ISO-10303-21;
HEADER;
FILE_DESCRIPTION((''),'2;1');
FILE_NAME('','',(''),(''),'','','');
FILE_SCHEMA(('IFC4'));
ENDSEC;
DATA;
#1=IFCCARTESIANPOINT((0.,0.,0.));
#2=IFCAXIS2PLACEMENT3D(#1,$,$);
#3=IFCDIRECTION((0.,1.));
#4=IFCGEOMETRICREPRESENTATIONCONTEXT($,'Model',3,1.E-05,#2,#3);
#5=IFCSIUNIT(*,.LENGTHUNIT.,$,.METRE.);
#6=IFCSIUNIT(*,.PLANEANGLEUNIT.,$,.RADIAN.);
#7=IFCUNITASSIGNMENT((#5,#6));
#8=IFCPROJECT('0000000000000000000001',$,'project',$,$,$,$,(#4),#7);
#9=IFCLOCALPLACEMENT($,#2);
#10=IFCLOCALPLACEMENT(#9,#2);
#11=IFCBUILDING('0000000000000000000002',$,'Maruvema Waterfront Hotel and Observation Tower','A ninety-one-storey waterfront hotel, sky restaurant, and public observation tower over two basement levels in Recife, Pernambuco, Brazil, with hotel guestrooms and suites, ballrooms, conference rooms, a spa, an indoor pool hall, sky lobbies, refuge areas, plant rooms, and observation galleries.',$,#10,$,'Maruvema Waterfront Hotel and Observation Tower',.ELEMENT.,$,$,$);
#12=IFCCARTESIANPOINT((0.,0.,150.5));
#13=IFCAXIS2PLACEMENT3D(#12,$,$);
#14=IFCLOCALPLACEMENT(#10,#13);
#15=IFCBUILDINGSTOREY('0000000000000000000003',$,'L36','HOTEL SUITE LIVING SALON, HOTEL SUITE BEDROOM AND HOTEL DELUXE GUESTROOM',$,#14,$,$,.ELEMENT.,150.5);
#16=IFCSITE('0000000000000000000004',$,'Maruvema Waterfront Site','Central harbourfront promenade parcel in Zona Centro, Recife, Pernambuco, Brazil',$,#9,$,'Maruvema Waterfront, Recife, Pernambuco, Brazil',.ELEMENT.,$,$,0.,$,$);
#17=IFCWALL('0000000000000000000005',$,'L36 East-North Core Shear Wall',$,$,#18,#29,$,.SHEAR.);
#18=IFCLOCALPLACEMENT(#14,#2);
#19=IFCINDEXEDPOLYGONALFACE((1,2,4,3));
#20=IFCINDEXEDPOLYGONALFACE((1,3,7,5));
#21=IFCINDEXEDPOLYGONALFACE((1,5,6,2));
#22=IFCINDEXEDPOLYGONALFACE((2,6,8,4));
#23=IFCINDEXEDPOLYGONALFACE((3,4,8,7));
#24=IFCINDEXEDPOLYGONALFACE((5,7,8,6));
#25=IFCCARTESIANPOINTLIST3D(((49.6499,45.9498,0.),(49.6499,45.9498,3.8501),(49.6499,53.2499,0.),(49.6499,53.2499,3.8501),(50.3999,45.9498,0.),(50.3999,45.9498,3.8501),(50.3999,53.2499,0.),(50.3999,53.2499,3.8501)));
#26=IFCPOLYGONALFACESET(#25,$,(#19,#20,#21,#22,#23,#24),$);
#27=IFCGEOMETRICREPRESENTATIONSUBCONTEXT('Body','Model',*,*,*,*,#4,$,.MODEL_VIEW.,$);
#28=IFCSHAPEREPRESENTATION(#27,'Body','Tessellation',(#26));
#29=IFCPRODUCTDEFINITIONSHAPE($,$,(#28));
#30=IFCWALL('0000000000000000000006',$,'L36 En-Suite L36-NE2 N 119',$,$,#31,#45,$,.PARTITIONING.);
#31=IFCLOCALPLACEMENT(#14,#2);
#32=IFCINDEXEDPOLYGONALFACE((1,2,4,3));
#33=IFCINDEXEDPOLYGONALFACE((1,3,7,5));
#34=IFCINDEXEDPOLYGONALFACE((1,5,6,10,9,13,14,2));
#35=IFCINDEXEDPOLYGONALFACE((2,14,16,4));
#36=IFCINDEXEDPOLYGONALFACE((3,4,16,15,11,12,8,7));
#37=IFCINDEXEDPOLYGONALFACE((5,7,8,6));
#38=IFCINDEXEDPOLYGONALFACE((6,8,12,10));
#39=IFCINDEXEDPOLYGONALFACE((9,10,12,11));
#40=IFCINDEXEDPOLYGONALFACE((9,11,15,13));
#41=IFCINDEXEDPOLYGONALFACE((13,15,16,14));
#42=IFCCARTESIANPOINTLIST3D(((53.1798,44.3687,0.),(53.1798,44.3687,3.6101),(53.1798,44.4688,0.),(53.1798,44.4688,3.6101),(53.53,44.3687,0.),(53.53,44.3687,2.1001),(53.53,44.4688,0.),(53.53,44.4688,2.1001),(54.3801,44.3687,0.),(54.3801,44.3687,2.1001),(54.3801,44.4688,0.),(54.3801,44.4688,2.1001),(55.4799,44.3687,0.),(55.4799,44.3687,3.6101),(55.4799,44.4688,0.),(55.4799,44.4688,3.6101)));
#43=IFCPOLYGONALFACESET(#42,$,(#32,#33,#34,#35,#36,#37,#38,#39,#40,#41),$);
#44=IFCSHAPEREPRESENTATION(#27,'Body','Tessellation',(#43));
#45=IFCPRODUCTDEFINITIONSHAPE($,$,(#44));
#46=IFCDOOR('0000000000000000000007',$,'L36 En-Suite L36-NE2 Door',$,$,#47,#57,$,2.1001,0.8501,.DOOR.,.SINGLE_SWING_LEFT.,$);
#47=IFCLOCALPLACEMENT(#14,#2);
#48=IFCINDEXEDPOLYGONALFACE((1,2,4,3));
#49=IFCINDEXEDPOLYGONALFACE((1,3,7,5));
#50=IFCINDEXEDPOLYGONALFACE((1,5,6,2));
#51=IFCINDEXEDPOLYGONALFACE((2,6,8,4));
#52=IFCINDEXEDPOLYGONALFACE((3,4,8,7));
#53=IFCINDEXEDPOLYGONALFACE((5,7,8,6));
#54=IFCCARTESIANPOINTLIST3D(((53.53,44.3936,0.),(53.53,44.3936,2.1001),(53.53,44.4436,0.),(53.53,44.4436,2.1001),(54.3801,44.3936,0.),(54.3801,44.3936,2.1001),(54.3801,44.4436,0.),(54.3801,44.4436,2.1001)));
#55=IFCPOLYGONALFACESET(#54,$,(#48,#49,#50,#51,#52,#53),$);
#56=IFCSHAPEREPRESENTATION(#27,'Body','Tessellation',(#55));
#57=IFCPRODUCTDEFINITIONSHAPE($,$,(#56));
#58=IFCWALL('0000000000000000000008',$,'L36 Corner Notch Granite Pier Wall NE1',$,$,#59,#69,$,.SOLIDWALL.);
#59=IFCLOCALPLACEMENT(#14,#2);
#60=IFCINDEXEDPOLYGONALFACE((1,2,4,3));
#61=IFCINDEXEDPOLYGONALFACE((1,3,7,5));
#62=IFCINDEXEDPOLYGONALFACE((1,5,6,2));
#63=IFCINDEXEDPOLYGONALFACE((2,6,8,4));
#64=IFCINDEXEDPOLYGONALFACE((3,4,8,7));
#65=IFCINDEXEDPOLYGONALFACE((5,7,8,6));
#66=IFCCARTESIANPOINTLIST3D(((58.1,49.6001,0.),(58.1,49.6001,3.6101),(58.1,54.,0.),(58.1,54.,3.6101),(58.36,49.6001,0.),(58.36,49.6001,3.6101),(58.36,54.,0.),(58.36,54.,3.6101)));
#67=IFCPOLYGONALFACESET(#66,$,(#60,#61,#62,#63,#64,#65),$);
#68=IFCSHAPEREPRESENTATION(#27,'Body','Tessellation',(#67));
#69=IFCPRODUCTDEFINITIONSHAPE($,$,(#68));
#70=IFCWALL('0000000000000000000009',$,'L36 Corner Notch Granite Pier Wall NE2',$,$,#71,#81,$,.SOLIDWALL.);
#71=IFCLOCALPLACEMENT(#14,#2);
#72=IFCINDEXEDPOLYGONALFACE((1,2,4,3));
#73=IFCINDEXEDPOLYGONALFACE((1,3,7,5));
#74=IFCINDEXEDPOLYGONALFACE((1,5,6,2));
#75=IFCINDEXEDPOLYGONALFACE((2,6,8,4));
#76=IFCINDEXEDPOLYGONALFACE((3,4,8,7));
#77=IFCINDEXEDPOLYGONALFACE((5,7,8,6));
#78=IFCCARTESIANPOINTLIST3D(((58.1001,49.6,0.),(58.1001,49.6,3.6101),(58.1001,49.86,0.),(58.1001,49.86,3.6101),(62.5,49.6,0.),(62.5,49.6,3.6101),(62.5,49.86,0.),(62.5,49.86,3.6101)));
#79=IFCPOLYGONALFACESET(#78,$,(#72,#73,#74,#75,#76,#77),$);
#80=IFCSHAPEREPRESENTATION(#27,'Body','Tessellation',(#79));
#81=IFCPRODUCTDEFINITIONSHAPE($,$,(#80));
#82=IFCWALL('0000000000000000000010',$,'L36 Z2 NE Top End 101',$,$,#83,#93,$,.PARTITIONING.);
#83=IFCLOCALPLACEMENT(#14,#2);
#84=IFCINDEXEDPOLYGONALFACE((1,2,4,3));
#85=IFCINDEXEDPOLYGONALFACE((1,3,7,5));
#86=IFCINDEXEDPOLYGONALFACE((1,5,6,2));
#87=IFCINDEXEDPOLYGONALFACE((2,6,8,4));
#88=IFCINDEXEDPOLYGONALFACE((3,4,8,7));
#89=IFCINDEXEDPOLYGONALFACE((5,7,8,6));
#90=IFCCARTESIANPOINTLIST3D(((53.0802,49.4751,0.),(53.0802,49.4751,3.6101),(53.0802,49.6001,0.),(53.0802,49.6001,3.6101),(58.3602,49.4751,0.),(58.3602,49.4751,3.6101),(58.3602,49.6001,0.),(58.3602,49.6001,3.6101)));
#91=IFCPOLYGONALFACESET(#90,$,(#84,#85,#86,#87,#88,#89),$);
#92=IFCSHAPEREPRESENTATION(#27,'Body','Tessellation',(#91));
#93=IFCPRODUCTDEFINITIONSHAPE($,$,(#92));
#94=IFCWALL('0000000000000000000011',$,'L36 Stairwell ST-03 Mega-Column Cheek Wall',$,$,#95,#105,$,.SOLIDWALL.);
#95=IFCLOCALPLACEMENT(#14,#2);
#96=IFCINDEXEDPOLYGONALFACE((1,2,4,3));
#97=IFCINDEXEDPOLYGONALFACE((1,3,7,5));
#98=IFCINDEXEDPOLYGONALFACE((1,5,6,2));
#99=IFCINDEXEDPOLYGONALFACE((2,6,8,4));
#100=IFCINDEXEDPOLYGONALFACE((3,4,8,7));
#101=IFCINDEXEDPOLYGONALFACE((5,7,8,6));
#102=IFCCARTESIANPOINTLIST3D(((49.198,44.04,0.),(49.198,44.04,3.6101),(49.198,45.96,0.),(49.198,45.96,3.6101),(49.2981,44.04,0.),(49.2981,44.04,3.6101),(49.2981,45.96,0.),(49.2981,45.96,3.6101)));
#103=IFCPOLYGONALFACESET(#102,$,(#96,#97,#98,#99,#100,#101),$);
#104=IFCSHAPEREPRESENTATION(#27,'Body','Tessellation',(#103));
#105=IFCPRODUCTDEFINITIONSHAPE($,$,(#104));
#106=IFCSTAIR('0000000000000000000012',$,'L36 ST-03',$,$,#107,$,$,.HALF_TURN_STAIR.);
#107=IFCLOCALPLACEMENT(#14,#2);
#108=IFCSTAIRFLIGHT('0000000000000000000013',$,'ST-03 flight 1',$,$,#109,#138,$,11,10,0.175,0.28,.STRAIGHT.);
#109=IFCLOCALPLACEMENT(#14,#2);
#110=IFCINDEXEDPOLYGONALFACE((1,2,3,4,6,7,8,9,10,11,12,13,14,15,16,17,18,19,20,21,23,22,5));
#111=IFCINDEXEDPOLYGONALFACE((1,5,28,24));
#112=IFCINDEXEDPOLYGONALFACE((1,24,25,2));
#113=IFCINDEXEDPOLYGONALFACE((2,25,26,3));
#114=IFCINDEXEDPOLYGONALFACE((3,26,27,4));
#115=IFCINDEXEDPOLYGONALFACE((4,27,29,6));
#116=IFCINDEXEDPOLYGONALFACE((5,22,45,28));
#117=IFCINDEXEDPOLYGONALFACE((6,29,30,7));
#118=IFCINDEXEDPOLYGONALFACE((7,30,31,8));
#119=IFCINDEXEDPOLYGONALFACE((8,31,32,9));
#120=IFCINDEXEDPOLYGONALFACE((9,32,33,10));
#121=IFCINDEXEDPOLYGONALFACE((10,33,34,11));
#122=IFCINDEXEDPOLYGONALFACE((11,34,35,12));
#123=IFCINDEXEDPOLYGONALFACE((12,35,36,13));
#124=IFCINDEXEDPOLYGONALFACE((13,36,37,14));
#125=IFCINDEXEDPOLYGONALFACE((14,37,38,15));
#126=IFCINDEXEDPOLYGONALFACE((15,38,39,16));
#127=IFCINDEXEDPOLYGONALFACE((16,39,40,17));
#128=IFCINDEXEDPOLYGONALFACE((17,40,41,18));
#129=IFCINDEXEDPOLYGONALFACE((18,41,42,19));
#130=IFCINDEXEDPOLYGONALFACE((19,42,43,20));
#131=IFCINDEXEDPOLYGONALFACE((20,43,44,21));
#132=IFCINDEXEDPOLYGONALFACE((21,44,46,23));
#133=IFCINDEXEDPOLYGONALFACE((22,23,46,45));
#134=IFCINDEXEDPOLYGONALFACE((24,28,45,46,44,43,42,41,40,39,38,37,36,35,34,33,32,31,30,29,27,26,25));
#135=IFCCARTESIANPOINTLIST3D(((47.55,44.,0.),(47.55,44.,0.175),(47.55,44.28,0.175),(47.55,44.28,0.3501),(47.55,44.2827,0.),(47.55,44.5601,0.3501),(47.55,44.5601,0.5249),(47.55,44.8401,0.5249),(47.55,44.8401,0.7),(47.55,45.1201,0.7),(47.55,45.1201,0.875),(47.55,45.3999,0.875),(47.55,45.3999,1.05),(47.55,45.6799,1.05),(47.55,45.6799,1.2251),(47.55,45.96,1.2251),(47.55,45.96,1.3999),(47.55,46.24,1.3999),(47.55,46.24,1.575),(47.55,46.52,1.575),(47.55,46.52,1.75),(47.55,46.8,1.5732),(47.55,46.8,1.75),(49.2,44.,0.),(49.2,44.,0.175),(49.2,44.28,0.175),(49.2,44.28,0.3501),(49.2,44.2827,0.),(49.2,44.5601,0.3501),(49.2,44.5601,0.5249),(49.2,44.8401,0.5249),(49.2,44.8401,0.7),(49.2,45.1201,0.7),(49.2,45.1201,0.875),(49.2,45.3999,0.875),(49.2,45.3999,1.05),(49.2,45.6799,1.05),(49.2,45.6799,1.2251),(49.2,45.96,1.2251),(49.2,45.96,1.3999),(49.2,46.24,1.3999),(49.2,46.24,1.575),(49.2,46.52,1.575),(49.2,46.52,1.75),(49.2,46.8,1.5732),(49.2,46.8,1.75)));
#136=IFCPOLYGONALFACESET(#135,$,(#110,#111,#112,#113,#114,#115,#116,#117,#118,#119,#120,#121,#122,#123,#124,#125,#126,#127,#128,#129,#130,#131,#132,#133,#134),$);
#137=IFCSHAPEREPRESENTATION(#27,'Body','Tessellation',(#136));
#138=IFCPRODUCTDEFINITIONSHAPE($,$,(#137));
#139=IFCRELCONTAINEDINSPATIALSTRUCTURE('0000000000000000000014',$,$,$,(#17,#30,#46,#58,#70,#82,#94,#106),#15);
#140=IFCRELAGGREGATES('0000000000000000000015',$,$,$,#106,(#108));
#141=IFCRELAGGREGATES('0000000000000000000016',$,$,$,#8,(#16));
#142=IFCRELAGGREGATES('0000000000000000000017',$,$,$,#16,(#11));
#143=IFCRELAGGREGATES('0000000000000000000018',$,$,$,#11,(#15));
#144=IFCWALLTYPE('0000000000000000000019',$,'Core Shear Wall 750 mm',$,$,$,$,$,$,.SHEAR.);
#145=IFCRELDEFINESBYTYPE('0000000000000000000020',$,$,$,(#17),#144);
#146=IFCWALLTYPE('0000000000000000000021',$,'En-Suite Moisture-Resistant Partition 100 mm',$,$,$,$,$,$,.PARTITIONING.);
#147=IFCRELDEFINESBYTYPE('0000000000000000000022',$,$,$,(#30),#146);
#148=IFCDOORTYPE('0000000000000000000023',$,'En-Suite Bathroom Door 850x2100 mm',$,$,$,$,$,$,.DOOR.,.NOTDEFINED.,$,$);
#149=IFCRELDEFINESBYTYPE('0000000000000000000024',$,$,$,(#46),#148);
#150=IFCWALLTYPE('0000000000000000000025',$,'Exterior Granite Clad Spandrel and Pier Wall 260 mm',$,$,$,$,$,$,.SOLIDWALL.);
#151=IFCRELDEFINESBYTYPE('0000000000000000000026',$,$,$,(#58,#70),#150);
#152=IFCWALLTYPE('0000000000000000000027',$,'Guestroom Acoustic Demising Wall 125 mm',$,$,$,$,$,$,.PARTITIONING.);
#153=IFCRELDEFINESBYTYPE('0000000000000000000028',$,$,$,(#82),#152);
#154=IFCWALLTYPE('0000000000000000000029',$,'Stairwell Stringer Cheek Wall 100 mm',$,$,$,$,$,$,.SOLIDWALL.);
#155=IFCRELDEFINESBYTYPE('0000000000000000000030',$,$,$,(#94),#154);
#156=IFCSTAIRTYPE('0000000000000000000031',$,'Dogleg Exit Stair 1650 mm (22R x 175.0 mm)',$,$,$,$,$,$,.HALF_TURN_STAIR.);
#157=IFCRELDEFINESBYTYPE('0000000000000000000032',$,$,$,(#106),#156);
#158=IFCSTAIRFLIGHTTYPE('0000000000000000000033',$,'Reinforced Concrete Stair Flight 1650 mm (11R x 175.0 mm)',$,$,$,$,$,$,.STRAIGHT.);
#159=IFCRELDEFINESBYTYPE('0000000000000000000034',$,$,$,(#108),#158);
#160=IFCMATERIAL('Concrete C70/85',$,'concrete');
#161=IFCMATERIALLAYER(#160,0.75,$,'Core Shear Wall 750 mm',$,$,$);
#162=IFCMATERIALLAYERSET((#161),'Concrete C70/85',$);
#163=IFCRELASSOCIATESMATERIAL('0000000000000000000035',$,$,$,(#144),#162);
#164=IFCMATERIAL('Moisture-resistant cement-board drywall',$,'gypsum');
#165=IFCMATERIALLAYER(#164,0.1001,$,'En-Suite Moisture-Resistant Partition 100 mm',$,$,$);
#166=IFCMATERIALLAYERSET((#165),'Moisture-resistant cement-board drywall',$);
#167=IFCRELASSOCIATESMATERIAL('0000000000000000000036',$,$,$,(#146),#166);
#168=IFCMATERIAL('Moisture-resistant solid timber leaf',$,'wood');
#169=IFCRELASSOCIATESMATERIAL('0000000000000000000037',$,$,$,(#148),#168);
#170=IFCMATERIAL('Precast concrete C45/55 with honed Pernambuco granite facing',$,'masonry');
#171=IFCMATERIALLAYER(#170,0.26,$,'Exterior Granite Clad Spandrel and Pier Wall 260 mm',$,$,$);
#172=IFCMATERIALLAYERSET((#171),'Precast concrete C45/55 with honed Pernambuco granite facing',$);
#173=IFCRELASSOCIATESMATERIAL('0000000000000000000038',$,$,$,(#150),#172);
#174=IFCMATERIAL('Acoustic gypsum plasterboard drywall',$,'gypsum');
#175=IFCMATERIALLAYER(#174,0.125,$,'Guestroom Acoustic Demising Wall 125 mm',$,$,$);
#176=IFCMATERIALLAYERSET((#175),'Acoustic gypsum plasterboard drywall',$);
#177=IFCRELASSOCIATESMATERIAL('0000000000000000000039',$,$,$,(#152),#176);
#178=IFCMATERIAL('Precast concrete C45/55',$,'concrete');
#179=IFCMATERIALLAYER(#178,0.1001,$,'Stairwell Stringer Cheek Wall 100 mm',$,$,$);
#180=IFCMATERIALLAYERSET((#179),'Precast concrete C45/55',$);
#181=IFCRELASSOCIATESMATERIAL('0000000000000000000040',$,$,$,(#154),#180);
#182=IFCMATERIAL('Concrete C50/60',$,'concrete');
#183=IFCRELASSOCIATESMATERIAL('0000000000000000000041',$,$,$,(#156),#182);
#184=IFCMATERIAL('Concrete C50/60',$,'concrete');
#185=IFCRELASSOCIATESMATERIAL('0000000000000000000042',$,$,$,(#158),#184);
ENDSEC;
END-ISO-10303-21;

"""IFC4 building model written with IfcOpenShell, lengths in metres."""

from ifc_helpers import new_model, si_unit, direction, frame, frame_2d, origin, place, context, subcontext, project, spatial, polyline, rectangle, outline, extrude, material, layer, layer_set, type_object, element, fill, aggregate, save


model = new_model("IFC4")

# Units and contexts
model_context = context("Model", 3, precision=1e-05, world=origin(), true_north=direction((0.0, 1.0)))
body_context = subcontext(model_context, "Body", "Model", "MODEL_VIEW")
ifc_project = project(units=[si_unit("LENGTHUNIT", "METRE"), si_unit("PLANEANGLEUNIT", "RADIAN")], contexts=[model_context])

# Site, building, storey
site_placement = place(None, origin())
site = spatial("IfcSite", under=ifc_project, at=site_placement, Name="Maruvema Waterfront Site", Description="Central harbourfront promenade parcel in Zona Centro, Recife, Pernambuco, Brazil", LongName="Maruvema Waterfront, Recife, Pernambuco, Brazil", CompositionType="ELEMENT", RefElevation=0.0)
building_placement = place(site_placement, origin())
building = spatial("IfcBuilding", under=site, at=building_placement, Name="Maruvema Waterfront Hotel and Observation Tower", Description="A ninety-one-storey waterfront hotel, sky restaurant, and public observation tower over two basement levels in Recife, Pernambuco, Brazil, with hotel guestrooms and suites, ballrooms, conference rooms, a spa, an indoor pool hall, sky lobbies, refuge areas, plant rooms, and observation galleries.", LongName="Maruvema Waterfront Hotel and Observation Tower", CompositionType="ELEMENT")
storey_placement = place(building_placement, frame((0.0, 0.0, 150.5)))
storey = spatial("IfcBuildingStorey", under=building, at=storey_placement, Name="L36", Description="HOTEL SUITE LIVING SALON, HOTEL SUITE BEDROOM AND HOTEL DELUXE GUESTROOM", CompositionType="ELEMENT", Elevation=150.5)

# Wall
ifc_material_1 = material(Name="Concrete C70/85", Category="concrete")
ifc_layer_1 = layer(ifc_material_1, 0.75, Name="Core Shear Wall 750 mm")
ifc_layer_set_1 = layer_set([ifc_layer_1], Name="Concrete C70/85")
wall_type_1 = type_object("IfcWallType", Name="Core Shear Wall 750 mm", PredefinedType="SHEAR", material=ifc_layer_set_1)
wall_1_placement = place(storey_placement, frame((50.0249, 45.95, 0.0), z_axis=(0.0, 0.0, 1.0), x_axis=(0.0, 1.0, 0.0)))
element("IfcWall", 1, at=wall_1_placement, inside=storey, type_object=wall_type_1, Name="L36 East-North Core Shear Wall", PredefinedType="SHEAR", context=body_context, shape_type="SweptSolid", body=[
    extrude(rectangle(XDim=7.3, YDim=0.75, at=frame_2d((3.6499, 0.0))), origin(), (0.0, 0.0, 1.0), 3.8501),
])

# Wall, opening, door
ifc_material_2 = material(Name="Moisture-resistant cement-board drywall", Category="gypsum")
ifc_layer_2 = layer(ifc_material_2, 0.1001, Name="En-Suite Moisture-Resistant Partition 100 mm")
ifc_layer_set_2 = layer_set([ifc_layer_2], Name="Moisture-resistant cement-board drywall")
wall_type_2 = type_object("IfcWallType", Name="En-Suite Moisture-Resistant Partition 100 mm", PredefinedType="PARTITIONING", material=ifc_layer_set_2)
wall_2_placement = place(storey_placement, frame((53.1799, 44.4187, 0.0), z_axis=(0.0, 0.0, 1.0), x_axis=(1.0, 0.0, 0.0)))
wall_2 = element("IfcWall", 2, at=wall_2_placement, inside=storey, type_object=wall_type_2, Name="L36 En-Suite L36-NE2 N 119", PredefinedType="PARTITIONING", context=body_context, shape_type="SweptSolid", body=[
    extrude(rectangle(XDim=2.3, YDim=0.1001, at=frame_2d((1.1499, 0.0))), origin(), (0.0, 0.0, 1.0), 3.6101),
])
opening_1_placement = place(wall_2_placement, frame((0.3501, 0.0, 0.0)))
opening_1 = element("IfcOpeningElement", 3, at=opening_1_placement, cuts=wall_2, PredefinedType="OPENING", context=body_context, shape_type="SweptSolid", body=[
    extrude(rectangle(XDim=0.8501, YDim=2.1001, at=frame_2d((0.425, 1.05))), frame((0.0, 0.0601, 0.0), z_axis=(0.0, -1.0, 0.0), x_axis=(1.0, 0.0, 0.0)), (0.0, 0.0, 1.0), 0.1201),
])
ifc_material_3 = material(Name="Moisture-resistant solid timber leaf", Category="wood")
door_type_1 = type_object("IfcDoorType", Name="En-Suite Bathroom Door 850x2100 mm", OperationType="NOTDEFINED", PredefinedType="DOOR", material=ifc_material_3)
door_1_placement = place(opening_1_placement, origin())
door_1 = element("IfcDoor", 4, at=door_1_placement, inside=storey, type_object=door_type_1, Name="L36 En-Suite L36-NE2 Door", OperationType="SINGLE_SWING_LEFT", OverallHeight=2.1001, OverallWidth=0.8501, PredefinedType="DOOR", context=body_context, shape_type="SweptSolid", body=[
    extrude(rectangle(XDim=0.8501, YDim=2.1001, at=frame_2d((0.425, 1.05))), frame((0.0, 0.0249, 0.0), z_axis=(0.0, -1.0, 0.0), x_axis=(1.0, 0.0, 0.0)), (0.0, 0.0, 1.0), 0.05),
])
fill(opening_1, door_1)

# Walls
ifc_material_4 = material(Name="Precast concrete C45/55 with honed Pernambuco granite facing", Category="masonry")
ifc_layer_3 = layer(ifc_material_4, 0.26, Name="Exterior Granite Clad Spandrel and Pier Wall 260 mm")
ifc_layer_set_3 = layer_set([ifc_layer_3], Name="Precast concrete C45/55 with honed Pernambuco granite facing")
wall_type_3 = type_object("IfcWallType", Name="Exterior Granite Clad Spandrel and Pier Wall 260 mm", PredefinedType="SOLIDWALL", material=ifc_layer_set_3)
for number, where, z_axis, x_axis, name in (
    (5, (58.23, 54.0, 0.0), (0.0, 0.0, 1.0), (0.0, -1.0, 0.0), "L36 Corner Notch Granite Pier Wall NE1"),
    (6, (58.1001, 49.73, 0.0), (0.0, 0.0, 1.0), (1.0, 0.0, 0.0), "L36 Corner Notch Granite Pier Wall NE2"),
):
    element("IfcWall", number, at=place(storey_placement, frame(where, z_axis=z_axis, x_axis=x_axis)), inside=storey, type_object=wall_type_3, Name=name, PredefinedType="SOLIDWALL", context=body_context, shape_type="SweptSolid", body=[
        extrude(rectangle(XDim=4.3999, YDim=0.26, at=frame_2d((2.2, 0.0))), origin(), (0.0, 0.0, 1.0), 3.6101),
    ])
ifc_material_5 = material(Name="Acoustic gypsum plasterboard drywall", Category="gypsum")
ifc_layer_4 = layer(ifc_material_5, 0.125, Name="Guestroom Acoustic Demising Wall 125 mm")
ifc_layer_set_4 = layer_set([ifc_layer_4], Name="Acoustic gypsum plasterboard drywall")
wall_type_4 = type_object("IfcWallType", Name="Guestroom Acoustic Demising Wall 125 mm", PredefinedType="PARTITIONING", material=ifc_layer_set_4)
wall_3_placement = place(storey_placement, frame((53.0801, 49.5376, 0.0), z_axis=(0.0, 0.0, 1.0), x_axis=(1.0, 0.0, 0.0)))
element("IfcWall", 7, at=wall_3_placement, inside=storey, type_object=wall_type_4, Name="L36 Z2 NE Top End 101", PredefinedType="PARTITIONING", context=body_context, shape_type="SweptSolid", body=[
    extrude(rectangle(XDim=5.28, YDim=0.125, at=frame_2d((2.6401, 0.0))), origin(), (0.0, 0.0, 1.0), 3.6101),
])
ifc_material_6 = material(Name="Precast concrete C45/55", Category="concrete")
ifc_layer_5 = layer(ifc_material_6, 0.1001, Name="Stairwell Stringer Cheek Wall 100 mm")
ifc_layer_set_5 = layer_set([ifc_layer_5], Name="Precast concrete C45/55")
wall_type_5 = type_object("IfcWallType", Name="Stairwell Stringer Cheek Wall 100 mm", PredefinedType="SOLIDWALL", material=ifc_layer_set_5)
wall_4_placement = place(storey_placement, frame((49.248, 44.04, 0.0), z_axis=(0.0, 0.0, 1.0), x_axis=(0.0, 1.0, 0.0)))
element("IfcWall", 8, at=wall_4_placement, inside=storey, type_object=wall_type_5, Name="L36 Stairwell ST-03 Mega-Column Cheek Wall", PredefinedType="SOLIDWALL", context=body_context, shape_type="SweptSolid", body=[
    extrude(rectangle(XDim=1.9199, YDim=0.1001, at=frame_2d((0.96, 0.0))), origin(), (0.0, 0.0, 1.0), 3.6101),
])

# Stair, stair flight
ifc_material_7 = material(Name="Concrete C50/60", Category="concrete")
stair_type = type_object("IfcStairType", Name="Dogleg Exit Stair 1650 mm (22R x 175.0 mm)", PredefinedType="HALF_TURN_STAIR", material=ifc_material_7)
stair_placement = place(storey_placement, origin())
stair = element("IfcStair", 9, at=stair_placement, inside=storey, type_object=stair_type, Name="L36 ST-03", PredefinedType="HALF_TURN_STAIR")
ifc_material_8 = material(Name="Concrete C50/60", Category="concrete")
stair_flight_type = type_object("IfcStairFlightType", Name="Reinforced Concrete Stair Flight 1650 mm (11R x 175.0 mm)", PredefinedType="STRAIGHT", material=ifc_material_8)
stair_flight_placement = place(storey_placement, frame((48.375, 44.0, 0.0), z_axis=(0.0, 0.0, 1.0), x_axis=(0.0, 1.0, 0.0)))
stair_flight = element("IfcStairFlight", 10, at=stair_flight_placement, type_object=stair_flight_type, Name="ST-03 flight 1", NumberOfRisers=11, NumberOfTreads=10, PredefinedType="STRAIGHT", RiserHeight=0.175, TreadLength=0.28, context=body_context, shape_type="SweptSolid", body=[
    extrude(outline(polyline([(0.0, 0.0), (0.0, 0.175), (0.28, 0.175), (0.28, 0.3501), (0.5601, 0.3501), (0.5601, 0.5249), (0.8401, 0.5249), (0.8401, 0.7), (1.1201, 0.7), (1.1201, 0.875), (1.3999, 0.875), (1.3999, 1.05), (1.6799, 1.05), (1.6799, 1.2251), (1.96, 1.2251), (1.96, 1.3999), (2.24, 1.3999), (2.24, 1.575), (2.52, 1.575), (2.52, 1.75), (2.8, 1.75), (2.8, 1.925), (2.8, 1.5732), (0.2827, 0.0), (0.0, 0.0)])), frame((0.0, 0.825, 0.0), z_axis=(0.0, -1.0, 0.0), x_axis=(1.0, 0.0, 0.0)), (0.0, 0.0, 1.0), 1.6499),
])
aggregate(stair, [stair_flight])

save(model, "model.ifc")
